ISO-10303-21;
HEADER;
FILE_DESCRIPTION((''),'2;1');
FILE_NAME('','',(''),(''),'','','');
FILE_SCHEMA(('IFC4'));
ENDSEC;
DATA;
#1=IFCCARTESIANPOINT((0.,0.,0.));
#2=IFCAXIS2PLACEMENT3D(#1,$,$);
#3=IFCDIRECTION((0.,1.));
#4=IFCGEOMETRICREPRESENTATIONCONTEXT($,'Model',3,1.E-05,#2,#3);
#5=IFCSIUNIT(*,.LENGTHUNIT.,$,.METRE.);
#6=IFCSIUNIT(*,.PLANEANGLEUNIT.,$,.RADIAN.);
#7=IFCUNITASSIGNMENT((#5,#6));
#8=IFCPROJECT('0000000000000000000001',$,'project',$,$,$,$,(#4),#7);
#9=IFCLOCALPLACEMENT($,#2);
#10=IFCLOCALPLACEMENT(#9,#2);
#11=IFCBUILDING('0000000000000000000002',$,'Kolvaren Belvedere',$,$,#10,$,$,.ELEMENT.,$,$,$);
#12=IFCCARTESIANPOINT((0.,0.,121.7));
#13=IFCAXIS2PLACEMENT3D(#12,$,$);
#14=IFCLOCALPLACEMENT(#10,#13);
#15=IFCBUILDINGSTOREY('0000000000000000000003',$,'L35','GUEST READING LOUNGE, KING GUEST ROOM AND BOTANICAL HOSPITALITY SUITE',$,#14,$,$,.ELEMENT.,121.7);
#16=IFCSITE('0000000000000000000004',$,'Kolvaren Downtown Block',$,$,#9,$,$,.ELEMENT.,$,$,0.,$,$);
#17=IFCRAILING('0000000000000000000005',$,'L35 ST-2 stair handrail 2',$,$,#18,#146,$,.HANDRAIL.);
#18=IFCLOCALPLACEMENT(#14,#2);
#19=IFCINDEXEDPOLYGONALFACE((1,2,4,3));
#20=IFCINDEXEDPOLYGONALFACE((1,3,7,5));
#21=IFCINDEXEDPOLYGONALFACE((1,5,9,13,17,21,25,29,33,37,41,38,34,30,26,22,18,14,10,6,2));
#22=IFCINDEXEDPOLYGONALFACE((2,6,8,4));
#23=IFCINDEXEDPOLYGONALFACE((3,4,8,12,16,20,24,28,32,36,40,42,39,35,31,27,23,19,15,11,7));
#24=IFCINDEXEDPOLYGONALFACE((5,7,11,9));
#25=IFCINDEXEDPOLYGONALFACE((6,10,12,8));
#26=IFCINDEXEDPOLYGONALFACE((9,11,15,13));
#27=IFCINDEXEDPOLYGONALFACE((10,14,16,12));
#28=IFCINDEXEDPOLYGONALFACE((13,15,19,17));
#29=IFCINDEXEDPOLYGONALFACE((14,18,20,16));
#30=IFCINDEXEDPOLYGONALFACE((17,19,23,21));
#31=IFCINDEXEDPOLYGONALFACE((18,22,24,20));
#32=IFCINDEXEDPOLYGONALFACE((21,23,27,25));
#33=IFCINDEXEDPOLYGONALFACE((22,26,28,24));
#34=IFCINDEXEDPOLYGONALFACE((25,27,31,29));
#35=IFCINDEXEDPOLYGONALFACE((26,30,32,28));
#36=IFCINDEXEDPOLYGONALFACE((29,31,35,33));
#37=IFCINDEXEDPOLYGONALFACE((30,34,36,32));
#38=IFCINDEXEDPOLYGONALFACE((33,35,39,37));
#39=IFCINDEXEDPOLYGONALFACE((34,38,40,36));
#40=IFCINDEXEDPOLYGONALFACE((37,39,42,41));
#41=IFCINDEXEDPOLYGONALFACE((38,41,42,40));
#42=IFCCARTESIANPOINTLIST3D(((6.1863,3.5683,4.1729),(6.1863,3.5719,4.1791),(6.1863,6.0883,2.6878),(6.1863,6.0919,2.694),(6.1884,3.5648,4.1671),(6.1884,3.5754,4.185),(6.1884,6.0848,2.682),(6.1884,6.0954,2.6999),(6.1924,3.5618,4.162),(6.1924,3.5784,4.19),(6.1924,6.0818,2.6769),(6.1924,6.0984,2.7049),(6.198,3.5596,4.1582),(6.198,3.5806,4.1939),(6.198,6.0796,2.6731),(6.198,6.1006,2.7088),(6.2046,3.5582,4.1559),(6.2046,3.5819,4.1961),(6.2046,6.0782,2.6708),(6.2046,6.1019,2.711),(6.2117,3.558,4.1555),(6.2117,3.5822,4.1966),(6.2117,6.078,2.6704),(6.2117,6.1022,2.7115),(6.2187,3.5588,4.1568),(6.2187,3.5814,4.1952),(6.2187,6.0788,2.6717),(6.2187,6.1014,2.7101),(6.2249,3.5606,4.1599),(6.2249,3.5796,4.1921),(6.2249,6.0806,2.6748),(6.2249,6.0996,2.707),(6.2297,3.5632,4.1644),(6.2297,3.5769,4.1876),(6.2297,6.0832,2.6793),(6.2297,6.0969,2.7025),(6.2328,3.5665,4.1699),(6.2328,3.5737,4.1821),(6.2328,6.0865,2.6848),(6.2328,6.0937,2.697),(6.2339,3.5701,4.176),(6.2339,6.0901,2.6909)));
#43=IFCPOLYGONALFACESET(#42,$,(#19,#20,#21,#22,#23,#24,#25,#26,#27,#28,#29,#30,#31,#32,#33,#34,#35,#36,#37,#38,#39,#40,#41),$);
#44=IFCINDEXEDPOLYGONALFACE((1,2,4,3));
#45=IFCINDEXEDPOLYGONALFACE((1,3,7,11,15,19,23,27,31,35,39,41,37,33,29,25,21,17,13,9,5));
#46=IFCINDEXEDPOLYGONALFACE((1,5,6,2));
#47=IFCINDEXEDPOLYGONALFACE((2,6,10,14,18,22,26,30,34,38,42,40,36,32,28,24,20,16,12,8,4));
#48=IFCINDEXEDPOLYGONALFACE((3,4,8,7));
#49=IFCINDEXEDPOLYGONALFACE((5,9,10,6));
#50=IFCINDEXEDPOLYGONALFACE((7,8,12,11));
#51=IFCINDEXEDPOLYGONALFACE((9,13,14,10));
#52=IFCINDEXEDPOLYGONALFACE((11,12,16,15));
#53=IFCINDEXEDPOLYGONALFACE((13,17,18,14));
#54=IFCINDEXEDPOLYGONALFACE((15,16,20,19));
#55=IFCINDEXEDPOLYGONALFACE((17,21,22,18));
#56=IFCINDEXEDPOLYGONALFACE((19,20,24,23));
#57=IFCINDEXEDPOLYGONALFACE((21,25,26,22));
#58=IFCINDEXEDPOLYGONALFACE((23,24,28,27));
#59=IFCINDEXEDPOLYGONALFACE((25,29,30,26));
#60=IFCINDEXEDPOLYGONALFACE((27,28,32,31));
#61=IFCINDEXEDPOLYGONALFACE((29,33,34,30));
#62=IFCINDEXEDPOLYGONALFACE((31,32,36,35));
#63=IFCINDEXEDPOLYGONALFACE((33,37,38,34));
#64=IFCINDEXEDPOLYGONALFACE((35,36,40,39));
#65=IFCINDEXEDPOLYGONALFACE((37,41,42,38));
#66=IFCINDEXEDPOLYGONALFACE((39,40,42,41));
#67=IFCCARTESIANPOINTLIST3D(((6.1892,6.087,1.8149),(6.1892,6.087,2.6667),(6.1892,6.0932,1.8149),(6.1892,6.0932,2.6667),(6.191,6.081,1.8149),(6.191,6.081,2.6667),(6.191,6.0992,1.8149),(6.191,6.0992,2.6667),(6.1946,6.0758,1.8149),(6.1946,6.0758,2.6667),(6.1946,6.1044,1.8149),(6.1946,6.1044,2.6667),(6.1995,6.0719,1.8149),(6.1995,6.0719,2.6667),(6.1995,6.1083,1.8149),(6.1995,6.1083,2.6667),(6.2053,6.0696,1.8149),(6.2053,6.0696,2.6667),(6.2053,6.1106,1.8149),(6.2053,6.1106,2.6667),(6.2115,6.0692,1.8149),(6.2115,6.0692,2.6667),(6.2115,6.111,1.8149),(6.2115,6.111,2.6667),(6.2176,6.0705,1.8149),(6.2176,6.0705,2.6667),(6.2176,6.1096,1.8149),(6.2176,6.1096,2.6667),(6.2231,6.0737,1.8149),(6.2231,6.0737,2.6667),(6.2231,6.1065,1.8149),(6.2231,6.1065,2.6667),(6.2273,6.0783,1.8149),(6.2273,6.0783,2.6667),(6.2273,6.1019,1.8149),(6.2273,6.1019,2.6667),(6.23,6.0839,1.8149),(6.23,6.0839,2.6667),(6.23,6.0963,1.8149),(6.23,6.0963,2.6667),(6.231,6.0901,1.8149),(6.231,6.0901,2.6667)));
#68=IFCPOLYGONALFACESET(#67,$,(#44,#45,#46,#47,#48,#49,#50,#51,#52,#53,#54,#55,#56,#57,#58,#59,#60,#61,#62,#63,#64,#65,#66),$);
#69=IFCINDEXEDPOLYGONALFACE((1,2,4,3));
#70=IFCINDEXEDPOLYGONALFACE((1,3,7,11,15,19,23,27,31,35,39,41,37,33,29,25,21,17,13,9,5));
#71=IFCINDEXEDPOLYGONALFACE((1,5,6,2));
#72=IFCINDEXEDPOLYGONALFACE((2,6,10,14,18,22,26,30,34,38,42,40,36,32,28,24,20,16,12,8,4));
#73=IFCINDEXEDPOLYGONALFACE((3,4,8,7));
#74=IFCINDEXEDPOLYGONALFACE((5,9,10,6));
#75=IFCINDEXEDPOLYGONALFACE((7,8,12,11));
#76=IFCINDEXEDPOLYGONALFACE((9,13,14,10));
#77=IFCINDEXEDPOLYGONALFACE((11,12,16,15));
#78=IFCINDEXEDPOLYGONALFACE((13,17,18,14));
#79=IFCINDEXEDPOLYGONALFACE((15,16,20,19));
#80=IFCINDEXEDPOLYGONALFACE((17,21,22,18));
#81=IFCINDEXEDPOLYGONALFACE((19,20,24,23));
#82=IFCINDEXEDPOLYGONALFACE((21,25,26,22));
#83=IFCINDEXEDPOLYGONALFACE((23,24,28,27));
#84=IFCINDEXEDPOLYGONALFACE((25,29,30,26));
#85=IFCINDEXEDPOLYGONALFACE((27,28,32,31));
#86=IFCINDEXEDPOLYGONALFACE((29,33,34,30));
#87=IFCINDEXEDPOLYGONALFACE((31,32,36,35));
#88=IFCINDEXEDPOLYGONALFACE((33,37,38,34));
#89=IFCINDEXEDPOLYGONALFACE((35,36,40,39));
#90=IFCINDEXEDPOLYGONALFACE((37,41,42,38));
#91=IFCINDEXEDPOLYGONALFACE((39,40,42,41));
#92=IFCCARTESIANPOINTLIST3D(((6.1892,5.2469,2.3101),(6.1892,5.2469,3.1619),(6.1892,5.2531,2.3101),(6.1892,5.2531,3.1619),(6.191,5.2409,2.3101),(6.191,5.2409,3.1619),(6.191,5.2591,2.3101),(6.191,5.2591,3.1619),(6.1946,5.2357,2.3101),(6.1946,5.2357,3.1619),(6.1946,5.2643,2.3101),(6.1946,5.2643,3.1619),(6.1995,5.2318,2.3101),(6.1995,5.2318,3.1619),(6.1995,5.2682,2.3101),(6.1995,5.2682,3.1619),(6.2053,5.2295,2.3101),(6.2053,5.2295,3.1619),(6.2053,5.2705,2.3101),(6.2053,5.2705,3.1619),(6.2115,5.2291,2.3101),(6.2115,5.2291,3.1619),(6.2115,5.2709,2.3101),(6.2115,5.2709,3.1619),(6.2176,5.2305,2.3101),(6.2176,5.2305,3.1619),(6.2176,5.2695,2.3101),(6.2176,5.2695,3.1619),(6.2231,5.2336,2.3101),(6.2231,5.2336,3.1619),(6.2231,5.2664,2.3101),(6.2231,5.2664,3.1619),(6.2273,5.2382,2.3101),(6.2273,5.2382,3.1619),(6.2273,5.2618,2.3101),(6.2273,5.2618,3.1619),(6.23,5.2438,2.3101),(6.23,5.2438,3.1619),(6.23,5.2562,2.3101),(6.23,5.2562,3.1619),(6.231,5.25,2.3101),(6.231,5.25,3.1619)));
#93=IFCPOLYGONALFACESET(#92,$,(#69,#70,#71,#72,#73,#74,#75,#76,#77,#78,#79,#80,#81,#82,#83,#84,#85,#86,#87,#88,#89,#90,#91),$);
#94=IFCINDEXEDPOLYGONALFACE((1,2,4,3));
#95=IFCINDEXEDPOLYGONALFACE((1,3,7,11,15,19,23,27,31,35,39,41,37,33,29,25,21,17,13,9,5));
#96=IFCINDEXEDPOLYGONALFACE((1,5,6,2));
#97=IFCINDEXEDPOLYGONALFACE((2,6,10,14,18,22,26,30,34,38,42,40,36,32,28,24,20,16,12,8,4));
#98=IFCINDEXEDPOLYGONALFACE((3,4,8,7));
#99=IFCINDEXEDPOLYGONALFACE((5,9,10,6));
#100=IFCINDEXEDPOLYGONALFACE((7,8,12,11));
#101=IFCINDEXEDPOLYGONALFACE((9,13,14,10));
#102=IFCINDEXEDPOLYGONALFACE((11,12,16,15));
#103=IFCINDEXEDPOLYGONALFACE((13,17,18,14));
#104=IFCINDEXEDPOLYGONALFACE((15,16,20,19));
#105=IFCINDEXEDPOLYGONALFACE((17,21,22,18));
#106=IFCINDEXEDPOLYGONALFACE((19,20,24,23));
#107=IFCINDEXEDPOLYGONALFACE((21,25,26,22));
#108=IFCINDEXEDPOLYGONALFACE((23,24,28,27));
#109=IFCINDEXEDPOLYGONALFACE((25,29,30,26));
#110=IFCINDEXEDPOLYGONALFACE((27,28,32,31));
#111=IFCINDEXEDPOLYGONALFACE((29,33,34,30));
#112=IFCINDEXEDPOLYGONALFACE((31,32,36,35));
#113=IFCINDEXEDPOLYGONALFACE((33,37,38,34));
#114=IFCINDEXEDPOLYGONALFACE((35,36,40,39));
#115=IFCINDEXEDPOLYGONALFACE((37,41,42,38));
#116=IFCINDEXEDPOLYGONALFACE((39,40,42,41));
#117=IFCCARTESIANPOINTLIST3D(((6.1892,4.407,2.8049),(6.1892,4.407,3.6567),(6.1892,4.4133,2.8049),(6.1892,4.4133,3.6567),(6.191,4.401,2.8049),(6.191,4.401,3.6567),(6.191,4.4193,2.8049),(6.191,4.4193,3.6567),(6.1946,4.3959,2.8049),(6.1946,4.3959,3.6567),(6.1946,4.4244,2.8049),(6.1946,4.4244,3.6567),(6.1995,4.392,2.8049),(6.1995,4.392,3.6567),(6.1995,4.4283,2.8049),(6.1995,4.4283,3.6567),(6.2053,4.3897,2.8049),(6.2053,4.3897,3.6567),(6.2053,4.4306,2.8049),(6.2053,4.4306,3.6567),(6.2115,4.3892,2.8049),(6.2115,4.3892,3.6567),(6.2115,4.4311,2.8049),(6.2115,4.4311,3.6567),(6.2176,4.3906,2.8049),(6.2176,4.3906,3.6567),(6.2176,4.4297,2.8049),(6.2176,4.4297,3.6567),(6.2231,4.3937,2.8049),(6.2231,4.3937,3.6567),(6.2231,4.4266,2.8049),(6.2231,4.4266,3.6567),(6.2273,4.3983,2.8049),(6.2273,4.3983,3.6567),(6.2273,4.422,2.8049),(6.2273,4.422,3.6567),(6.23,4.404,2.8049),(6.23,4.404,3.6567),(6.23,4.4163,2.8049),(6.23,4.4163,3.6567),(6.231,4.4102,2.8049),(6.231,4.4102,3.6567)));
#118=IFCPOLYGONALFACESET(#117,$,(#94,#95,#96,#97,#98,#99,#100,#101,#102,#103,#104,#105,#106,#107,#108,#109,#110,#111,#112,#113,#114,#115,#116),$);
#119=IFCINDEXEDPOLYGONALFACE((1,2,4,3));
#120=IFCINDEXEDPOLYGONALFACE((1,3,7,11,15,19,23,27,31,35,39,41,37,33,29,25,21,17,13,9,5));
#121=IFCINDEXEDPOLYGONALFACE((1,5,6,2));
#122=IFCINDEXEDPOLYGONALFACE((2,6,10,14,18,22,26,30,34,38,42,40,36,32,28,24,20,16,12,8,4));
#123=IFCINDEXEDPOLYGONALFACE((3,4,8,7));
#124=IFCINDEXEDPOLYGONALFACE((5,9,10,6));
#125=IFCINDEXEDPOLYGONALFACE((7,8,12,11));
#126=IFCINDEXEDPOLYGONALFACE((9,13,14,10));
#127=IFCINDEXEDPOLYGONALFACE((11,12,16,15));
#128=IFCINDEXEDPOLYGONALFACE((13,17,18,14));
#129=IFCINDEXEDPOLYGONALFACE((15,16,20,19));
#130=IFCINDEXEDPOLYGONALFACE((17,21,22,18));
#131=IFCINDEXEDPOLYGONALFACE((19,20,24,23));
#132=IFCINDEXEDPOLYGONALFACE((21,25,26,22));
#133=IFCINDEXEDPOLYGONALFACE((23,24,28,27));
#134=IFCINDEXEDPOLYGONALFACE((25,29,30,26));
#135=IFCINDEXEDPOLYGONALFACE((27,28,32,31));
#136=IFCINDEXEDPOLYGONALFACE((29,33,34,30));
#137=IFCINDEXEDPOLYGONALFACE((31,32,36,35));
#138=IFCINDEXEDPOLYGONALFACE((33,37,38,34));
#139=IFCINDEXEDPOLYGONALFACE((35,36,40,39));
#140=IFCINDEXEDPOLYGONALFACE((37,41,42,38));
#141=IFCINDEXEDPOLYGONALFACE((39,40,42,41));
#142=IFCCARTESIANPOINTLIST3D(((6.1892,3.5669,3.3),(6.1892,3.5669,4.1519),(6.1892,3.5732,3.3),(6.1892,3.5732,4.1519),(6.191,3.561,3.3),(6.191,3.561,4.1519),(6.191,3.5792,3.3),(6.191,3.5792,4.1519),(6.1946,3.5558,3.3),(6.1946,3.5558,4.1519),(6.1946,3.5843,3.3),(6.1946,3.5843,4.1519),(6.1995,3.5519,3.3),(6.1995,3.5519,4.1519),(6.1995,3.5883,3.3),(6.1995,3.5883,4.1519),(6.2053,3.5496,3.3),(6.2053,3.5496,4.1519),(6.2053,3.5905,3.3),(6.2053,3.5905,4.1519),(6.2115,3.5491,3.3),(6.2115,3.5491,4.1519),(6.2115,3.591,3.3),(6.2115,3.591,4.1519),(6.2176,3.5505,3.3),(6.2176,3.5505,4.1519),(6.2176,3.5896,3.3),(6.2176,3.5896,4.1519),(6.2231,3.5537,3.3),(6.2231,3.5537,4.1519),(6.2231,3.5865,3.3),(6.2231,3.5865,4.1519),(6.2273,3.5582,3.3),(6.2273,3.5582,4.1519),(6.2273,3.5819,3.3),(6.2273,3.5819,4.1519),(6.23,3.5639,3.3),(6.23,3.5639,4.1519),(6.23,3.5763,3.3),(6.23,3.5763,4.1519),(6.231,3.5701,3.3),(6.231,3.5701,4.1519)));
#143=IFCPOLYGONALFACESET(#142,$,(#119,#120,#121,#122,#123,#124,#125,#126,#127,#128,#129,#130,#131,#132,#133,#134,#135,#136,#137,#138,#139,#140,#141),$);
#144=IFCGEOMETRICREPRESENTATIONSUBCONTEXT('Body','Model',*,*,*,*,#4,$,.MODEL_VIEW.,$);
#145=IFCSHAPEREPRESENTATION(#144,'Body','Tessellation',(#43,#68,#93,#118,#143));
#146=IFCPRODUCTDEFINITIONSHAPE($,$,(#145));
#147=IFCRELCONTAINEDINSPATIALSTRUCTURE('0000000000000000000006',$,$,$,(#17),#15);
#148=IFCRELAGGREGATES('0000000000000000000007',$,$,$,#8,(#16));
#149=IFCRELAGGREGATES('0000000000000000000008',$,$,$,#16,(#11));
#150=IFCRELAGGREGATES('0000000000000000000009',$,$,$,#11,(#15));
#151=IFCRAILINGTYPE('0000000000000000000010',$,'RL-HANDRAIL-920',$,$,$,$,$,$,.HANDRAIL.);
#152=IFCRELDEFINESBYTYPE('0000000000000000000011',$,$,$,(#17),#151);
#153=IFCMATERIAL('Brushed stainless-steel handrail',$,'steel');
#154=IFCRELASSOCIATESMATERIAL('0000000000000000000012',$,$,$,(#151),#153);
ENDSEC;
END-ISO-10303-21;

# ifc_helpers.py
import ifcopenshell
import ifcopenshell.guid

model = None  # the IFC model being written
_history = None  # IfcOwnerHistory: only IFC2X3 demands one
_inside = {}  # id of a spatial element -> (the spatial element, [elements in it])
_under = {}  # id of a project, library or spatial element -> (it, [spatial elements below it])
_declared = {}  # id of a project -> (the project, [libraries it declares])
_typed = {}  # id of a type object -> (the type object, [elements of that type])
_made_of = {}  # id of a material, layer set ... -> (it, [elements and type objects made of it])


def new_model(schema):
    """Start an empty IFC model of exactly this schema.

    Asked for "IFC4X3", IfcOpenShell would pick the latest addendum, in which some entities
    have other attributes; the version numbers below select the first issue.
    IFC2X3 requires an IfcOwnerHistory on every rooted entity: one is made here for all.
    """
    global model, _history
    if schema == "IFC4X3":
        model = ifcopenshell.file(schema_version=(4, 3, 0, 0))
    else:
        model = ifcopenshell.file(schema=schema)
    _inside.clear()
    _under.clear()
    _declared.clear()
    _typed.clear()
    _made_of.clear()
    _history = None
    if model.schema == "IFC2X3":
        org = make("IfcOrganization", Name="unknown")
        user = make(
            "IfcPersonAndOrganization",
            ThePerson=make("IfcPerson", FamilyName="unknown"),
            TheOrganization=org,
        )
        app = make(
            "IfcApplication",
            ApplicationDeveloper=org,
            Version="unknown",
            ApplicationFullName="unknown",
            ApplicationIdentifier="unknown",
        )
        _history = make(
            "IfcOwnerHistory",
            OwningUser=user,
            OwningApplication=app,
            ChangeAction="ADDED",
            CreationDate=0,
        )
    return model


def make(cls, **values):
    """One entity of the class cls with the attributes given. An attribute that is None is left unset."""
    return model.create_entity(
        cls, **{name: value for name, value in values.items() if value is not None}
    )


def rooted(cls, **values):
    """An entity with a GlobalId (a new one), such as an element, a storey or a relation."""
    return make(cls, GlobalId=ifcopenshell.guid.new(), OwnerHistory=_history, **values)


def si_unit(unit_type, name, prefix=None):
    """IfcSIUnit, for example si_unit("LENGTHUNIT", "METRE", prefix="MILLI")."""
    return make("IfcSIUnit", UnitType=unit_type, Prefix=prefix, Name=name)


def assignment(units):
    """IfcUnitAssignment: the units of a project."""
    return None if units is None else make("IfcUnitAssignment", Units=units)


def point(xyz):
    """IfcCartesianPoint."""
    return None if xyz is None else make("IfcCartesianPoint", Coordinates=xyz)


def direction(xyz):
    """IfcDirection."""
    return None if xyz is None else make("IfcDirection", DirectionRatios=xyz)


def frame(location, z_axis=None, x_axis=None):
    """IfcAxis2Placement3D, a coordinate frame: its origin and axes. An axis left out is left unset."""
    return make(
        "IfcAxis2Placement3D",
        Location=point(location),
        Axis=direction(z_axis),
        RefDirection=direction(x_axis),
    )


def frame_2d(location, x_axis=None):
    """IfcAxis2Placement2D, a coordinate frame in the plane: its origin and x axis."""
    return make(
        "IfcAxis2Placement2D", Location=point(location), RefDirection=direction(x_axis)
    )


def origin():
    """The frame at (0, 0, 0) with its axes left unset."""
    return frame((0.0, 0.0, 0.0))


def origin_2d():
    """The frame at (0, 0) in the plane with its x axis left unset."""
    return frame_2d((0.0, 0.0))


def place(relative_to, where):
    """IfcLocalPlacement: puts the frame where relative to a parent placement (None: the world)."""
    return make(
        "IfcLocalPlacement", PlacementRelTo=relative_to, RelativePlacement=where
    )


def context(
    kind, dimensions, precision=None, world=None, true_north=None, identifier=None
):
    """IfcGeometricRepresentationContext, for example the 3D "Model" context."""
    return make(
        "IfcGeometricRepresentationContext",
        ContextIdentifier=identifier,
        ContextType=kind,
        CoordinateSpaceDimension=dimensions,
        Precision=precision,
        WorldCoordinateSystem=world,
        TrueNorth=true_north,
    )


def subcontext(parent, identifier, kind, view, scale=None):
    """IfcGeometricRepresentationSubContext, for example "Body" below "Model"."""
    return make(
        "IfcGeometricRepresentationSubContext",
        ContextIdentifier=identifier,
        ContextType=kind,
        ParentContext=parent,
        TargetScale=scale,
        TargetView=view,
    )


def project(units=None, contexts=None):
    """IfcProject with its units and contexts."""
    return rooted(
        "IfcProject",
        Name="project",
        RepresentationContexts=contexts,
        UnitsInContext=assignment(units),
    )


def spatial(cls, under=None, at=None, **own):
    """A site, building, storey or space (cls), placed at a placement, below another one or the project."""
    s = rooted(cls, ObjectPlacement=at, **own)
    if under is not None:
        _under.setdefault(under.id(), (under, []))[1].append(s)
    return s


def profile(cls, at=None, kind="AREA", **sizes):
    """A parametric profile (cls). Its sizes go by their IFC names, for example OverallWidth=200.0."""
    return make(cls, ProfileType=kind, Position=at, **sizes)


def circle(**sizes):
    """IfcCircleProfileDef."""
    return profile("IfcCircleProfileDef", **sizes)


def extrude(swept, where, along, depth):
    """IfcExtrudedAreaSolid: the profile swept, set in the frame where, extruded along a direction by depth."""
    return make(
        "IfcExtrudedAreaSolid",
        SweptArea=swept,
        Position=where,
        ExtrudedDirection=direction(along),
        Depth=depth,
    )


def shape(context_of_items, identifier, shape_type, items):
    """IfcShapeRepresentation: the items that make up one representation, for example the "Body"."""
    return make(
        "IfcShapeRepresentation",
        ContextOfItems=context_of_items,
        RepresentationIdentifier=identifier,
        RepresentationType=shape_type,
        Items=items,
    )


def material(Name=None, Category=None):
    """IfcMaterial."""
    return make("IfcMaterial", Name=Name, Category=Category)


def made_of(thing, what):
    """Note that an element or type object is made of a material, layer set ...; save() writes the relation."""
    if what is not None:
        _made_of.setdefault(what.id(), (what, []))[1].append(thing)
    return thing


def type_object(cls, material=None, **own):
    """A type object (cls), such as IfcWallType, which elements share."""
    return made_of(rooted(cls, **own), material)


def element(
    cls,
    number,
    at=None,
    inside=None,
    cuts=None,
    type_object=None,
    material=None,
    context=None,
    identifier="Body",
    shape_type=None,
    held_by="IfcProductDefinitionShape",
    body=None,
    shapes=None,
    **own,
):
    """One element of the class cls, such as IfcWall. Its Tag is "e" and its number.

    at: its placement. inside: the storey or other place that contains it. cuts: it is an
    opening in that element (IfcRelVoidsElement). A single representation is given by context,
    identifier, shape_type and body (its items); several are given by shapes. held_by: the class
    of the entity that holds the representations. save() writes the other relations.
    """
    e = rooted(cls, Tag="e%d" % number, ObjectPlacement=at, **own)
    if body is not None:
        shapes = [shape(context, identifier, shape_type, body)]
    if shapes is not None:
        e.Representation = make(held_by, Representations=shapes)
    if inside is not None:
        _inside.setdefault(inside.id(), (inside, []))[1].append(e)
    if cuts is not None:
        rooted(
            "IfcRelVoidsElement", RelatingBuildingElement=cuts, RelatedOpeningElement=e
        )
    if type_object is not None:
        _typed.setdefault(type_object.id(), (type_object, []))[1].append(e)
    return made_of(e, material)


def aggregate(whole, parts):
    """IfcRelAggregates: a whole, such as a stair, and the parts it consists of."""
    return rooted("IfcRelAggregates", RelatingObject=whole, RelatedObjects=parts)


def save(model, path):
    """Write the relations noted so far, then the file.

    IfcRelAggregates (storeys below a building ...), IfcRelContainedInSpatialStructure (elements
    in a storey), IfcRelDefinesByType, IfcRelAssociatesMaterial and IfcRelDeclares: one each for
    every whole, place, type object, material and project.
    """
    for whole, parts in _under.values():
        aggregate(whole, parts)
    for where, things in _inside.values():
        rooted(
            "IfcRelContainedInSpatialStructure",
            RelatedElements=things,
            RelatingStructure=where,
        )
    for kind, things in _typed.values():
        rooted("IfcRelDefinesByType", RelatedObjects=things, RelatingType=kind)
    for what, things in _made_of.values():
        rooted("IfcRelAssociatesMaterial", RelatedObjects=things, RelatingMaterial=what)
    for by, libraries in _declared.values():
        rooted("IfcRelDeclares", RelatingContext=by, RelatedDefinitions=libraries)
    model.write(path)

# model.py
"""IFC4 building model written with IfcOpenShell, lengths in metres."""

from ifc_helpers import new_model, si_unit, direction, frame, origin, origin_2d, place, context, subcontext, project, spatial, circle, extrude, material, type_object, element, save


model = new_model("IFC4")

# Units and contexts
model_context = context("Model", 3, precision=1e-05, world=origin(), true_north=direction((0.0, 1.0)))
body_context = subcontext(model_context, "Body", "Model", "MODEL_VIEW")
ifc_project = project(units=[si_unit("LENGTHUNIT", "METRE"), si_unit("PLANEANGLEUNIT", "RADIAN")], contexts=[model_context])

# Site, building, storey
site_placement = place(None, origin())
site = spatial("IfcSite", under=ifc_project, at=site_placement, Name="Kolvaren Downtown Block", CompositionType="ELEMENT", RefElevation=0.0)
building_placement = place(site_placement, origin())
building = spatial("IfcBuilding", under=site, at=building_placement, Name="Kolvaren Belvedere", CompositionType="ELEMENT")
storey_placement = place(building_placement, frame((0.0, 0.0, 121.7)))
storey = spatial("IfcBuildingStorey", under=building, at=storey_placement, Name="L35", Description="GUEST READING LOUNGE, KING GUEST ROOM AND BOTANICAL HOSPITALITY SUITE", CompositionType="ELEMENT", Elevation=121.7)

# Railing
ifc_material_1 = material(Name="Brushed stainless-steel handrail", Category="steel")
railing_type_1 = type_object("IfcRailingType", Name="RL-HANDRAIL-920", PredefinedType="HANDRAIL", material=ifc_material_1)
railing_1_placement = place(storey_placement, frame((6.21, 6.0901, 1.8149)))
element("IfcRailing", 1, at=railing_1_placement, inside=storey, type_object=railing_type_1, Name="L35 ST-2 stair handrail 2", PredefinedType="HANDRAIL", context=body_context, shape_type="SweptSolid", body=[
    extrude(circle(Radius=0.0239, at=origin_2d()), frame((0.0, 0.0, 0.876), z_axis=(0.0, -0.861524, 0.507717), x_axis=(1.0, 0.0, 0.0)), (0.0, 0.0, 1.0), 2.925),
    extrude(circle(Radius=0.021, at=origin_2d()), origin(), (0.0, 0.0, 1.0), 0.8518),
    extrude(circle(Radius=0.021, at=origin_2d()), frame((0.0, -0.8401, 0.4951)), (0.0, 0.0, 1.0), 0.8518),
    extrude(circle(Radius=0.021, at=origin_2d()), frame((0.0, -1.6799, 0.99)), (0.0, 0.0, 1.0), 0.8518),
    extrude(circle(Radius=0.021, at=origin_2d()), frame((0.0, -2.52, 1.4851)), (0.0, 0.0, 1.0), 0.8518),
])

save(model, "model.ifc")
